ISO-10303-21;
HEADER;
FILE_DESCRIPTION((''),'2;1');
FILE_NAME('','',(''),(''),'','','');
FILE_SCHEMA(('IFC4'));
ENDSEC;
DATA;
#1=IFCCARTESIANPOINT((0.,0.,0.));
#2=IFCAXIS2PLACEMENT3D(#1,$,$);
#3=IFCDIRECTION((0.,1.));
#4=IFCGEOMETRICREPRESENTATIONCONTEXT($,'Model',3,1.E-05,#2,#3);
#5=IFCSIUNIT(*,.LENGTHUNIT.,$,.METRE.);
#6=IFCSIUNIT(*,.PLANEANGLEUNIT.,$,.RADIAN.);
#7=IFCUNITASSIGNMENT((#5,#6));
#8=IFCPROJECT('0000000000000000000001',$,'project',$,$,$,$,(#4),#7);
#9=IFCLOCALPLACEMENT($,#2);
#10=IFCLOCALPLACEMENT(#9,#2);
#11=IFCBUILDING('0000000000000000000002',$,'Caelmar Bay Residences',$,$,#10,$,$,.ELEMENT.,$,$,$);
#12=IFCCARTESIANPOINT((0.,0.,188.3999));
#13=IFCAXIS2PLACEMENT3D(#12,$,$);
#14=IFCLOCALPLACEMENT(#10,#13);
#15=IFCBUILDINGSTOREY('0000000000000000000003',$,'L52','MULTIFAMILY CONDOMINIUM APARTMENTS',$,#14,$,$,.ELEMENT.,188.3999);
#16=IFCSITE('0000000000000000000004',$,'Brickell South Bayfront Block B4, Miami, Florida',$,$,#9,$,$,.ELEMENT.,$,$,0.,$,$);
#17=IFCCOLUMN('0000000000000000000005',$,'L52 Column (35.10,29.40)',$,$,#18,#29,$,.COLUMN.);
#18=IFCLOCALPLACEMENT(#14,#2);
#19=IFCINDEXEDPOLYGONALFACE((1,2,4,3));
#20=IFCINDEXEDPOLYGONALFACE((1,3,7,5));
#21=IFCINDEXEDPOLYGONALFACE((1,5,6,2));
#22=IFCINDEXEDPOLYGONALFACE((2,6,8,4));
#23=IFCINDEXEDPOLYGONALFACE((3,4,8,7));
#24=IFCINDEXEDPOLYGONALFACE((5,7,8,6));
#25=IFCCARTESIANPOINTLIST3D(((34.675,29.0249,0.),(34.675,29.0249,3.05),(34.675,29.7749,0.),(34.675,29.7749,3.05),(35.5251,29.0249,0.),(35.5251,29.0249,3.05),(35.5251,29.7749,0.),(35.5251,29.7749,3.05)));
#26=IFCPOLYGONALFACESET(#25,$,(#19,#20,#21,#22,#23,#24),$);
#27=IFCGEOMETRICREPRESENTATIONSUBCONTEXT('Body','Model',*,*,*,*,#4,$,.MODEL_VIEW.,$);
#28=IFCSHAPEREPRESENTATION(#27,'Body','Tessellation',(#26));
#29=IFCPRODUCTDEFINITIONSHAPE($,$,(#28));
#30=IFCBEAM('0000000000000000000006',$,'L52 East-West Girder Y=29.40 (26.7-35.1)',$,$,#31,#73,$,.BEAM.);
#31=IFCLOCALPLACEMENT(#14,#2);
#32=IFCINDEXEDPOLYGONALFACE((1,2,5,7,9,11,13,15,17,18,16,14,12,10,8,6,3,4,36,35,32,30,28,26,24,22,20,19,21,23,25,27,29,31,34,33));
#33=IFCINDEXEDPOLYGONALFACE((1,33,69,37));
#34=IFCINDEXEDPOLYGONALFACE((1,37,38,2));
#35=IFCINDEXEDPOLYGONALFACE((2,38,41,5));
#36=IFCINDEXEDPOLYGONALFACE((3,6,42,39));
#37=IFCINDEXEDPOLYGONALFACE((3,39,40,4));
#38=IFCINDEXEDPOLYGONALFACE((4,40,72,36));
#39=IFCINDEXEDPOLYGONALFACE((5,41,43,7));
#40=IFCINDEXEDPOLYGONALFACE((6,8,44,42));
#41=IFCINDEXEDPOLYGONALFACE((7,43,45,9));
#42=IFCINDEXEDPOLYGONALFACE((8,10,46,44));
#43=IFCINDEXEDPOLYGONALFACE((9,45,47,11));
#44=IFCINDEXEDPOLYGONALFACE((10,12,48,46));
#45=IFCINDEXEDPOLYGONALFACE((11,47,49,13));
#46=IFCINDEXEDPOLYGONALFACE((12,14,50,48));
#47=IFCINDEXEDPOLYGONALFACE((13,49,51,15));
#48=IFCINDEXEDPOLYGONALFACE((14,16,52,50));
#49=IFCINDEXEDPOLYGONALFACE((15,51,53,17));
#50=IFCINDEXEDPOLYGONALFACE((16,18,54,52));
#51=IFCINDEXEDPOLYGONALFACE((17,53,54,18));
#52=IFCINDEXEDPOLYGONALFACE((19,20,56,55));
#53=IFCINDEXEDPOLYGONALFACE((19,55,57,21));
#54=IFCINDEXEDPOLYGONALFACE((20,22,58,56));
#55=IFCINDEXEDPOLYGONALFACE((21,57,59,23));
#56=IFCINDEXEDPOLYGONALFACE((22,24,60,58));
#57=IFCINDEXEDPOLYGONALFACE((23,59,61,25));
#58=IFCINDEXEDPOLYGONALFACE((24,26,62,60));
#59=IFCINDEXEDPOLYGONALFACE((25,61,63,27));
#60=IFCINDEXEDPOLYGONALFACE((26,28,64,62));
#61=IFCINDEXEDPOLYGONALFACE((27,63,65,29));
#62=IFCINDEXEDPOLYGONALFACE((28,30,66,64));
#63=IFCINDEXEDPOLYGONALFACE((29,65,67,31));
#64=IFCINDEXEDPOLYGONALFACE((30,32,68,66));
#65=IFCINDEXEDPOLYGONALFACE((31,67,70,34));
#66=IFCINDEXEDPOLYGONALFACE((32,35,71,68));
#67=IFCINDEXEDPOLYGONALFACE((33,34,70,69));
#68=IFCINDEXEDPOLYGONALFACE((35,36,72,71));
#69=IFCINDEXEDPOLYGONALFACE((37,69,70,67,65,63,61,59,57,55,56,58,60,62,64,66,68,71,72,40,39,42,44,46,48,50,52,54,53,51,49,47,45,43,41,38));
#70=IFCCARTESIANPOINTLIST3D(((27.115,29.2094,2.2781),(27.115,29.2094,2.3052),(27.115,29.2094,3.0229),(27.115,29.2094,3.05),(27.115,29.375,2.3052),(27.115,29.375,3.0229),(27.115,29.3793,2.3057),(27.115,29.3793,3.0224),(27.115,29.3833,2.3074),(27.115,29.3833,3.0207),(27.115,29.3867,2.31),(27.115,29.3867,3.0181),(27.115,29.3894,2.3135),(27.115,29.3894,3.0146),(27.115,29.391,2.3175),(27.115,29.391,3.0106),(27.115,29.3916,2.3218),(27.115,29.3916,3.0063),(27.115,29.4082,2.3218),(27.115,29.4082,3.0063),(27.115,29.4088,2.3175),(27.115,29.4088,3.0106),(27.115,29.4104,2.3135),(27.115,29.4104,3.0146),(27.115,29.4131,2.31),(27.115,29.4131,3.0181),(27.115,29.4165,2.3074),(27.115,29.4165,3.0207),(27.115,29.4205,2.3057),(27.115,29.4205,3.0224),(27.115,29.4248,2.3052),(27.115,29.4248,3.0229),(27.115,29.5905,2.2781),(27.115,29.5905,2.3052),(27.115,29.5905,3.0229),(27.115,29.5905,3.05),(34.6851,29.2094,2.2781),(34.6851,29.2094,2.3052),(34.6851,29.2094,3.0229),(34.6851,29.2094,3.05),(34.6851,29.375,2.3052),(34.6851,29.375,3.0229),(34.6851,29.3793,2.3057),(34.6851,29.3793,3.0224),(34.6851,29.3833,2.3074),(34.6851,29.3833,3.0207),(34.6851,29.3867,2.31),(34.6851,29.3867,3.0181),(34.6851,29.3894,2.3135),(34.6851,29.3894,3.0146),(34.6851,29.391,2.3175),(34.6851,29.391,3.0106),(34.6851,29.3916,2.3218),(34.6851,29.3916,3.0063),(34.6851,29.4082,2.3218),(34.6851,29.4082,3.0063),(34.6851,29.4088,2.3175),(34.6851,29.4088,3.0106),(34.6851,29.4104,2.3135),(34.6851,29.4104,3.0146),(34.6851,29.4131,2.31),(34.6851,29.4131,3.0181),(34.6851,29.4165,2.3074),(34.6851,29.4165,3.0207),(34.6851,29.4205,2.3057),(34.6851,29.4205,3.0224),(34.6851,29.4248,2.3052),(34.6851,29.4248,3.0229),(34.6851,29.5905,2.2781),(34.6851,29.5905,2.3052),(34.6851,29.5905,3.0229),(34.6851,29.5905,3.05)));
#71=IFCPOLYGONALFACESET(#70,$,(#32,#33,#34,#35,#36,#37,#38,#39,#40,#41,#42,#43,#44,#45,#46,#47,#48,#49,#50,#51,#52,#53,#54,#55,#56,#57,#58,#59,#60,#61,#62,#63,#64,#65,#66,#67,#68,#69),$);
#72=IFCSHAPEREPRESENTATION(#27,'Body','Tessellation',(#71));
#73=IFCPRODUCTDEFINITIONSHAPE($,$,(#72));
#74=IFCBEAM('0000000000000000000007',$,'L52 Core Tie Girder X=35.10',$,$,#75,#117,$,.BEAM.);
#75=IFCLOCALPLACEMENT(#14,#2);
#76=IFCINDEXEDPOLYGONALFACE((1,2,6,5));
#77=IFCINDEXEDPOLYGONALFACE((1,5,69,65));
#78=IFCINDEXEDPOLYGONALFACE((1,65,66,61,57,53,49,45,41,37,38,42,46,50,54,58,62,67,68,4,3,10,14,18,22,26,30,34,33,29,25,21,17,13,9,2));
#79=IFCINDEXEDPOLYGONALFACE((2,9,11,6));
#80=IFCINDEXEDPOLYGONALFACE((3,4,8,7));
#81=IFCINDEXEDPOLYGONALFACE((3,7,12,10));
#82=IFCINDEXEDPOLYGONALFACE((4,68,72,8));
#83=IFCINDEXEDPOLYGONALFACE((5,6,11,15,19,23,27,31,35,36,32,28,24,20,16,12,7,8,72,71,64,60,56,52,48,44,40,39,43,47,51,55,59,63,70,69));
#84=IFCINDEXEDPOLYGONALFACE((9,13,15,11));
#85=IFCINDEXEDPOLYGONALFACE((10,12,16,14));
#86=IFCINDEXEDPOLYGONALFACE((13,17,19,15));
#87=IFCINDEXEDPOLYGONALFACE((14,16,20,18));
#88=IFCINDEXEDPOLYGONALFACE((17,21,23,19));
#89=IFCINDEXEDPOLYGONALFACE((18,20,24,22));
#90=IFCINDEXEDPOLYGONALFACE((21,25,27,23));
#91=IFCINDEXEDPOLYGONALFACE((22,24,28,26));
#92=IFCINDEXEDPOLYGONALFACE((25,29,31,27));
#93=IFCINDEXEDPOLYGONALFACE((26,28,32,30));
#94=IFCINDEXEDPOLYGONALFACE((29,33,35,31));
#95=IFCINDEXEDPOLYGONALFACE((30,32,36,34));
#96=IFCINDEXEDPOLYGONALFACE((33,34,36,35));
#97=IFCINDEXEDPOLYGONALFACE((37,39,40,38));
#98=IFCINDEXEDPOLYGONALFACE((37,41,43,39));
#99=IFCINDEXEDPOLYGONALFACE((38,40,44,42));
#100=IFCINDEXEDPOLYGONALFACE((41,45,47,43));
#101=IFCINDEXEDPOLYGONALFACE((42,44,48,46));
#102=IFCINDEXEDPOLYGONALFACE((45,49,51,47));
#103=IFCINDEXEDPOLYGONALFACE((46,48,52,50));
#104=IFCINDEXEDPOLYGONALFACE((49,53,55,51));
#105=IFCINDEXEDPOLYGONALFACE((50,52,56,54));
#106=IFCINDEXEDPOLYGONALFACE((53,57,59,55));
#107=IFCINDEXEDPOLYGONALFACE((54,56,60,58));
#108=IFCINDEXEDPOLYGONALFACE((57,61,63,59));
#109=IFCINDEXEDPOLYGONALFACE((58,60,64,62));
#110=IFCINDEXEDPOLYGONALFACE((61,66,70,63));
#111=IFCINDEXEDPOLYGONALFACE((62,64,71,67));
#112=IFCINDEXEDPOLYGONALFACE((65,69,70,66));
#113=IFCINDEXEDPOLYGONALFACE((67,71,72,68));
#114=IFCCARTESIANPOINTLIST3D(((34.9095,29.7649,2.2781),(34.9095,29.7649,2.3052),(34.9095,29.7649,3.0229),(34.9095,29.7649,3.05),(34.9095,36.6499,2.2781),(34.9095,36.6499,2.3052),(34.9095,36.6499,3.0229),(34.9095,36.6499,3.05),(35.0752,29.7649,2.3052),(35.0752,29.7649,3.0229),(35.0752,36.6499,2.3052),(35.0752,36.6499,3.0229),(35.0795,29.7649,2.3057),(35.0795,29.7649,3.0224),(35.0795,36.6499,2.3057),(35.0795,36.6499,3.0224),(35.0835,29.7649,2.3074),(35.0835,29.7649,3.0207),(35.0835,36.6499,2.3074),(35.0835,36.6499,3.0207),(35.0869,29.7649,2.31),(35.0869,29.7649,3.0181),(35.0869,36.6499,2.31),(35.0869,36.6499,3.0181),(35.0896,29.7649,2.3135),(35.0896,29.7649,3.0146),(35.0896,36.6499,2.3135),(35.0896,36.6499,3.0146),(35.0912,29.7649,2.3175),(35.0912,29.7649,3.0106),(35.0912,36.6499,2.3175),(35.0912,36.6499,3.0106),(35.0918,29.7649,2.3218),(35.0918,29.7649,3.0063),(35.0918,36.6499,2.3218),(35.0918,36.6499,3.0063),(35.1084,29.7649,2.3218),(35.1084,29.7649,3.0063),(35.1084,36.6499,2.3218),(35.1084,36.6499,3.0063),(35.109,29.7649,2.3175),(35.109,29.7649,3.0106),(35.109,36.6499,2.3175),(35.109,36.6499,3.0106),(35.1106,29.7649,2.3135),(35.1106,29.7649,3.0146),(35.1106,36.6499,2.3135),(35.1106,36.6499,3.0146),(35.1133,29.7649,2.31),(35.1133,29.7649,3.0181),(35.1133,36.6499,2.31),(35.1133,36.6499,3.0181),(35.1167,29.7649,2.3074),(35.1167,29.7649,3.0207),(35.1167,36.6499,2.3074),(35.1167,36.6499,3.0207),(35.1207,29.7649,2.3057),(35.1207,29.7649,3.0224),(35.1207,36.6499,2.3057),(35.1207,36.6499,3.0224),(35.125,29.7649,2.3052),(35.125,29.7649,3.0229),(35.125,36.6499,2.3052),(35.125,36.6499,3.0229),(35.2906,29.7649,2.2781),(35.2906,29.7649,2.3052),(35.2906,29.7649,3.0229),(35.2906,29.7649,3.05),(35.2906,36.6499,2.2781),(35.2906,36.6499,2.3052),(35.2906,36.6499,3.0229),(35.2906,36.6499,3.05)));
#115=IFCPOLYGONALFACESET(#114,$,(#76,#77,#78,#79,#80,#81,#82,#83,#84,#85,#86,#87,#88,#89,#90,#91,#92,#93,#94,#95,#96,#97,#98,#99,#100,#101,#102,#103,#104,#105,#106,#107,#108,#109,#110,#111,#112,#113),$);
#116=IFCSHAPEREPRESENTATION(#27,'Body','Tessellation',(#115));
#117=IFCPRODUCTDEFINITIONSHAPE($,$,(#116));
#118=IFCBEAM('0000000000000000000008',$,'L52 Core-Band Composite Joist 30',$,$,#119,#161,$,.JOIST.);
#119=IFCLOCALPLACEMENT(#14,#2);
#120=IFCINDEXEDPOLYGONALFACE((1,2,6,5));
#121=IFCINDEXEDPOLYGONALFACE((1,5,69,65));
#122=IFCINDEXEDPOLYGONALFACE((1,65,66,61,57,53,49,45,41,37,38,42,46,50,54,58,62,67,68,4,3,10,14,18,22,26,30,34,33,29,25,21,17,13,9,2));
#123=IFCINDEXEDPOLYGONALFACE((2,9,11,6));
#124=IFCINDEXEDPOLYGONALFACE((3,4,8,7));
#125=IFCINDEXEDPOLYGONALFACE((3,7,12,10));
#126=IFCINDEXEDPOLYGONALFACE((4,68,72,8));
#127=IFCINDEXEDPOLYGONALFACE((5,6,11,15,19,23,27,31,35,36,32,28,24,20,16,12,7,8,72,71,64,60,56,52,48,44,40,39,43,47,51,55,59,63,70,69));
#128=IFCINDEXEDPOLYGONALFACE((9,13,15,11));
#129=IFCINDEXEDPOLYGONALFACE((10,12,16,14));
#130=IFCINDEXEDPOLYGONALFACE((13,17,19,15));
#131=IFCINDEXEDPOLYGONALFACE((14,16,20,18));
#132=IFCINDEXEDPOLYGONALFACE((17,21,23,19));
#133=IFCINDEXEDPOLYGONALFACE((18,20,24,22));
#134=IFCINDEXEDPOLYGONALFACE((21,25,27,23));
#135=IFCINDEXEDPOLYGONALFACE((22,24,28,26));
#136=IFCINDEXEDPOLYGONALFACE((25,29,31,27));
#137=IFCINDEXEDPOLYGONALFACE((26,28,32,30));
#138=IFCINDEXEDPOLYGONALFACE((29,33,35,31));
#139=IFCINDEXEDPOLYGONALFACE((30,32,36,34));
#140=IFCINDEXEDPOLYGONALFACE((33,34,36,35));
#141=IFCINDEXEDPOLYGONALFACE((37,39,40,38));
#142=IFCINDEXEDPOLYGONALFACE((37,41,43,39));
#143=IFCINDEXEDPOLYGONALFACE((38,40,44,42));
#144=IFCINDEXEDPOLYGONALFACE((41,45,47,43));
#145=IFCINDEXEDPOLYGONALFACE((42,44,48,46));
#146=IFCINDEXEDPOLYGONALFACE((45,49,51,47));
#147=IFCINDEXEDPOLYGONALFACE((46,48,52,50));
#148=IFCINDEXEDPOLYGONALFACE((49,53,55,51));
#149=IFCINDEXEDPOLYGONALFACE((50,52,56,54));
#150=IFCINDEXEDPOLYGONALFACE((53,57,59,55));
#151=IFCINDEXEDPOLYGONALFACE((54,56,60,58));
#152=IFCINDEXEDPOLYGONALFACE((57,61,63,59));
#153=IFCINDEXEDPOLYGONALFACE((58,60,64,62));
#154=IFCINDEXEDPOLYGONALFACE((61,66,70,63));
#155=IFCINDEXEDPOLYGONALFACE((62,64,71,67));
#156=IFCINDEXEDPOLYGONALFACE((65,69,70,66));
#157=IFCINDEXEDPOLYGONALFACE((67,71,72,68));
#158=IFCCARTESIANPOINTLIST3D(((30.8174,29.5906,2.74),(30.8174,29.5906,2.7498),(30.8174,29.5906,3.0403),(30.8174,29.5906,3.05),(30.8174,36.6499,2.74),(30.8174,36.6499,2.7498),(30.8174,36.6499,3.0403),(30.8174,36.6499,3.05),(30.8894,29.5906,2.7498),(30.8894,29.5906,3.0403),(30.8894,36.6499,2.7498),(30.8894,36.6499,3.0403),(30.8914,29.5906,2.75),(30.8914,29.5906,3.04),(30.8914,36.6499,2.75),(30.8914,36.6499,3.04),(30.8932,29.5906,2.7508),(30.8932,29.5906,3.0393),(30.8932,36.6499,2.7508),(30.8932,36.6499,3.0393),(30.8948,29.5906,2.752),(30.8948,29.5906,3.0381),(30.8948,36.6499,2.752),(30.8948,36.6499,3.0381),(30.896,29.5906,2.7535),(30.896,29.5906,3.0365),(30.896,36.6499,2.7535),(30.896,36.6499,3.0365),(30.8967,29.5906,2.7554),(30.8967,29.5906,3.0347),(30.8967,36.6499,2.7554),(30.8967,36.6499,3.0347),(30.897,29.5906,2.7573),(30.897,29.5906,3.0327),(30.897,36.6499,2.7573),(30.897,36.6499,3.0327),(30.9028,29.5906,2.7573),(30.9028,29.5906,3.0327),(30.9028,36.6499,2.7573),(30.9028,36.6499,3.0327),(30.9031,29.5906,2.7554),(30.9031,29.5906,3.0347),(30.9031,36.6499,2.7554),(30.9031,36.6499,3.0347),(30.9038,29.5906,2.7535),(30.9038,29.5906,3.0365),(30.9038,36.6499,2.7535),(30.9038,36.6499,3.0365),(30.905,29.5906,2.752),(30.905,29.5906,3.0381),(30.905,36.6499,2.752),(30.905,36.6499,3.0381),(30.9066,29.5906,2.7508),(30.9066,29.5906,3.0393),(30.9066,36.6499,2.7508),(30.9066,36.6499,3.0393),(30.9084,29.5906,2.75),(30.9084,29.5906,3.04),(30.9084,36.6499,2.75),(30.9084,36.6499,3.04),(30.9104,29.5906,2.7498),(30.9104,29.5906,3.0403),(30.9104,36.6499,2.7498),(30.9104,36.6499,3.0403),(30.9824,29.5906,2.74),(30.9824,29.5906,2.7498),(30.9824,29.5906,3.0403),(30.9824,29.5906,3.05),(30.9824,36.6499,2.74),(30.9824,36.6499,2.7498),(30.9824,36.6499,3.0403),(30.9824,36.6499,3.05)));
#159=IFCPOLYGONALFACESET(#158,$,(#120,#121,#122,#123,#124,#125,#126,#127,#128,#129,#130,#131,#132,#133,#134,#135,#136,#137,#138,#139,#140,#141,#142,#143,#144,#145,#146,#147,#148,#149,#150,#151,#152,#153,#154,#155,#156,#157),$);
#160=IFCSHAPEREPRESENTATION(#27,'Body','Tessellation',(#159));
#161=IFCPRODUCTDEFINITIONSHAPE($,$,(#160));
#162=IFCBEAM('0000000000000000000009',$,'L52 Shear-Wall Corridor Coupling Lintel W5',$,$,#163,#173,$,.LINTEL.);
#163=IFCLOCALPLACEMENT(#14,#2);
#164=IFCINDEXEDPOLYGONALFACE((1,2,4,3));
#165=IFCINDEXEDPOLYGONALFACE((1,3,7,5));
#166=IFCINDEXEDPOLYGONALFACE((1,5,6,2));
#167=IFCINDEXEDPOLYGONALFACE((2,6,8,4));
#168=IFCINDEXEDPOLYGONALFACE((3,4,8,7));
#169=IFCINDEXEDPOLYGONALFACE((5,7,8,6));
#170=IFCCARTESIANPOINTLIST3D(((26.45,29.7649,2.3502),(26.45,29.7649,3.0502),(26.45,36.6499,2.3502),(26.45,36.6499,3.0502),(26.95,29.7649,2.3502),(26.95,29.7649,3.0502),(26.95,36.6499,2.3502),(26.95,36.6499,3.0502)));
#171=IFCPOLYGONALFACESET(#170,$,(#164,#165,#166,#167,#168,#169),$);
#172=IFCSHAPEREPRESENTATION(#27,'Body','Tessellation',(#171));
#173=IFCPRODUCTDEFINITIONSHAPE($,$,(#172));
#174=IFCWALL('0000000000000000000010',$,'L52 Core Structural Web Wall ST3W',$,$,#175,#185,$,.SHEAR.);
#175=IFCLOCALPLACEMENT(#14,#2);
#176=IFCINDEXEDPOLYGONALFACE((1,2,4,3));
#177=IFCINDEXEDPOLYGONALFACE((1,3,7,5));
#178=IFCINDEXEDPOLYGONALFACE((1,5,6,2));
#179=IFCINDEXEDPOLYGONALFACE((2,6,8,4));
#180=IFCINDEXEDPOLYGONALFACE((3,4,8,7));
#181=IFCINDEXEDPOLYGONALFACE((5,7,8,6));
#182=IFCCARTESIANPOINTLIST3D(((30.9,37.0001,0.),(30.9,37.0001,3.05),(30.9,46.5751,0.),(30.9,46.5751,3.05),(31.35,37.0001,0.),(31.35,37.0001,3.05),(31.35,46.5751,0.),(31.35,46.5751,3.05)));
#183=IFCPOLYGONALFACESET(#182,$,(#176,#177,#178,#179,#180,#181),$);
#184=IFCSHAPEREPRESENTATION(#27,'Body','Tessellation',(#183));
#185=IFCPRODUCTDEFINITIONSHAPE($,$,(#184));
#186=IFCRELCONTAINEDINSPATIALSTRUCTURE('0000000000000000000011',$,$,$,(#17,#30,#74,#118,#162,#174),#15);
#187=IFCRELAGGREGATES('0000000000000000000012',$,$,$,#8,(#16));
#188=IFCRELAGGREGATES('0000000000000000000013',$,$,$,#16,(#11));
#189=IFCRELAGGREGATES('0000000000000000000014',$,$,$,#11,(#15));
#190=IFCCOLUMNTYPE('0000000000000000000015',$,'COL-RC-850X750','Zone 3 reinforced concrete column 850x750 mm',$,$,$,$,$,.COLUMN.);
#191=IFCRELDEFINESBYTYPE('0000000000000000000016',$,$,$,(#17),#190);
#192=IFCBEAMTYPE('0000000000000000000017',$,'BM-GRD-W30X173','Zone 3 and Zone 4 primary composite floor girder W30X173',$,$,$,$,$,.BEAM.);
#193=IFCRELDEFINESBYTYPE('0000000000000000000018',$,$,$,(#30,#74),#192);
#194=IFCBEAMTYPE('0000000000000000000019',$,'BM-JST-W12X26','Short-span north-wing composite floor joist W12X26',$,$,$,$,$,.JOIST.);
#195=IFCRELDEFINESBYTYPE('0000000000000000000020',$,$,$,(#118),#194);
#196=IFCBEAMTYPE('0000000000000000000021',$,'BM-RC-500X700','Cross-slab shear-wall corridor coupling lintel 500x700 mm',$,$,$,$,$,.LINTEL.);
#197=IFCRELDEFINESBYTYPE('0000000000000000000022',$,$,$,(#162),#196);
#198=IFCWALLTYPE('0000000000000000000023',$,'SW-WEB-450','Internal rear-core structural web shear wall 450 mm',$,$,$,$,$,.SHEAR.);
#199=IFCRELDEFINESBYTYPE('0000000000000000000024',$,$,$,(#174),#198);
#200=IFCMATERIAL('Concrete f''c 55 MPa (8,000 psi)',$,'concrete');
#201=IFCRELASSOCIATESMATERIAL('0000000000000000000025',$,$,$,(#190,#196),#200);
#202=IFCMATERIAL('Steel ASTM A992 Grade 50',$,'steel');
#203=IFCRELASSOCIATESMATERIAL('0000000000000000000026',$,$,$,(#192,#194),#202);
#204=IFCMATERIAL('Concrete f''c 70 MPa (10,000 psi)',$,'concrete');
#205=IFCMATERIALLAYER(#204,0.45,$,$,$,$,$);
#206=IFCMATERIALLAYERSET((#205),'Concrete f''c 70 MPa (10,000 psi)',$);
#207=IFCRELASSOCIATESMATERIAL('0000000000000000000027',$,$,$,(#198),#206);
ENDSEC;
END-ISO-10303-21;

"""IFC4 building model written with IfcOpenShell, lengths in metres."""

from ifc_helpers import new_model, si_unit, direction, frame, frame_2d, origin, origin_2d, place, context, subcontext, project, spatial, rectangle, i_section, extrude, material, layer, layer_set, material_profile, profile_set, type_object, element, save


model = new_model("IFC4")

# Units and contexts
model_context = context("Model", 3, precision=1e-05, world=origin(), true_north=direction((0.0, 1.0)))
body_context = subcontext(model_context, "Body", "Model", "MODEL_VIEW")
ifc_project = project(units=[si_unit("LENGTHUNIT", "METRE"), si_unit("PLANEANGLEUNIT", "RADIAN")], contexts=[model_context])

# Site, building, storey
site_placement = place(None, origin())
site = spatial("IfcSite", under=ifc_project, at=site_placement, Name="Brickell South Bayfront Block B4, Miami, Florida", CompositionType="ELEMENT", RefElevation=0.0)
building_placement = place(site_placement, origin())
building = spatial("IfcBuilding", under=site, at=building_placement, Name="Caelmar Bay Residences", CompositionType="ELEMENT")
storey_placement = place(building_placement, frame((0.0, 0.0, 188.3999)))
storey = spatial("IfcBuildingStorey", under=building, at=storey_placement, Name="L52", Description="MULTIFAMILY CONDOMINIUM APARTMENTS", CompositionType="ELEMENT", Elevation=188.3999)

# Column
ifc_material_1 = material(Name="Concrete f'c 55 MPa (8,000 psi)", Category="concrete")
ifc_material_profile_1 = material_profile(ifc_material_1, rectangle(XDim=0.8501, YDim=0.75, at=origin_2d()), Name="RC-COL-850X750")
ifc_profile_set_1 = profile_set([ifc_material_profile_1], Name="Concrete f'c 55 MPa (8,000 psi)")
column_type = type_object("IfcColumnType", Name="COL-RC-850X750", Description="Zone 3 reinforced concrete column 850x750 mm", PredefinedType="COLUMN", material=ifc_profile_set_1)
column_placement = place(storey_placement, frame((35.1001, 29.3999, 0.0), z_axis=(0.0, 0.0, 1.0), x_axis=(1.0, 0.0, 0.0)))
element("IfcColumn", 1, at=column_placement, inside=storey, type_object=column_type, Name="L52 Column (35.10,29.40)", PredefinedType="COLUMN", context=body_context, shape_type="SweptSolid", body=[
    extrude(rectangle(XDim=0.8501, YDim=0.75, at=origin_2d()), origin(), (0.0, 0.0, 1.0), 3.05),
])

# Beams
ifc_material_2 = material(Name="Steel ASTM A992 Grade 50", Category="steel")
ifc_material_profile_2 = material_profile(ifc_material_2, i_section(OverallWidth=0.3811, OverallDepth=0.772, WebThickness=0.0166, FlangeThickness=0.0271, FilletRadius=0.0166, at=origin_2d()), Name="W30X173")
ifc_profile_set_2 = profile_set([ifc_material_profile_2], Name="Steel ASTM A992 Grade 50")
beam_type_1 = type_object("IfcBeamType", Name="BM-GRD-W30X173", Description="Zone 3 and Zone 4 primary composite floor girder W30X173", PredefinedType="BEAM", material=ifc_profile_set_2)
beam_1_placement = place(storey_placement, frame((27.115, 29.3999, 2.6641), z_axis=(1.0, 0.0, 0.0), x_axis=(0.0, 1.0, 0.0)))
element("IfcBeam", 2, at=beam_1_placement, inside=storey, type_object=beam_type_1, Name="L52 East-West Girder Y=29.40 (26.7-35.1)", PredefinedType="BEAM", context=body_context, shape_type="SweptSolid", body=[
    extrude(i_section(OverallWidth=0.3811, OverallDepth=0.772, WebThickness=0.0166, FlangeThickness=0.0271, FilletRadius=0.0166, at=origin_2d()), origin(), (0.0, 0.0, 1.0), 7.5701),
])
beam_2_placement = place(storey_placement, frame((35.1001, 29.7649, 2.6641), z_axis=(0.0, 1.0, 0.0), x_axis=(-1.0, 0.0, 0.0)))
element("IfcBeam", 3, at=beam_2_placement, inside=storey, type_object=beam_type_1, Name="L52 Core Tie Girder X=35.10", PredefinedType="BEAM", context=body_context, shape_type="SweptSolid", body=[
    extrude(i_section(OverallWidth=0.3811, OverallDepth=0.772, WebThickness=0.0166, FlangeThickness=0.0271, FilletRadius=0.0166, at=origin_2d()), origin(), (0.0, 0.0, 1.0), 6.885),
])
ifc_material_profile_3 = material_profile(ifc_material_2, i_section(OverallWidth=0.165, OverallDepth=0.3101, WebThickness=0.0059, FlangeThickness=0.0098, FilletRadius=0.0076, at=origin_2d()), Name="W12X26")
ifc_profile_set_3 = profile_set([ifc_material_profile_3], Name="Steel ASTM A992 Grade 50")
beam_type_2 = type_object("IfcBeamType", Name="BM-JST-W12X26", Description="Short-span north-wing composite floor joist W12X26", PredefinedType="JOIST", material=ifc_profile_set_3)
beam_3_placement = place(storey_placement, frame((30.8999, 29.5906, 2.895), z_axis=(0.0, 1.0, 0.0), x_axis=(-1.0, 0.0, 0.0)))
element("IfcBeam", 4, at=beam_3_placement, inside=storey, type_object=beam_type_2, Name="L52 Core-Band Composite Joist 30", PredefinedType="JOIST", context=body_context, shape_type="SweptSolid", body=[
    extrude(i_section(OverallWidth=0.165, OverallDepth=0.3101, WebThickness=0.0059, FlangeThickness=0.0098, FilletRadius=0.0076, at=origin_2d()), origin(), (0.0, 0.0, 1.0), 7.0593),
])
ifc_material_profile_4 = material_profile(ifc_material_1, rectangle(XDim=0.5, YDim=0.7, at=origin_2d()), Name="RC-BM-500X700")
ifc_profile_set_4 = profile_set([ifc_material_profile_4], Name="Concrete f'c 55 MPa (8,000 psi)")
beam_type_3 = type_object("IfcBeamType", Name="BM-RC-500X700", Description="Cross-slab shear-wall corridor coupling lintel 500x700 mm", PredefinedType="LINTEL", material=ifc_profile_set_4)
beam_4_placement = place(storey_placement, frame((26.7, 29.7649, 2.7002), z_axis=(0.0, 1.0, 0.0), x_axis=(-1.0, 0.0, 0.0)))
element("IfcBeam", 5, at=beam_4_placement, inside=storey, type_object=beam_type_3, Name="L52 Shear-Wall Corridor Coupling Lintel W5", PredefinedType="LINTEL", context=body_context, shape_type="SweptSolid", body=[
    extrude(rectangle(XDim=0.5, YDim=0.7, at=origin_2d()), origin(), (0.0, 0.0, 1.0), 6.885),
])

# Wall
ifc_material_3 = material(Name="Concrete f'c 70 MPa (10,000 psi)", Category="concrete")
ifc_layer_1 = layer(ifc_material_3, 0.45)
ifc_layer_set_1 = layer_set([ifc_layer_1], Name="Concrete f'c 70 MPa (10,000 psi)")
wall_type_1 = type_object("IfcWallType", Name="SW-WEB-450", Description="Internal rear-core structural web shear wall 450 mm", PredefinedType="SHEAR", material=ifc_layer_set_1)
wall_1_placement = place(storey_placement, frame((31.125, 37.0, 0.0), z_axis=(0.0, 0.0, 1.0), x_axis=(0.0, 1.0, 0.0)))
element("IfcWall", 6, at=wall_1_placement, inside=storey, type_object=wall_type_1, Name="L52 Core Structural Web Wall ST3W", PredefinedType="SHEAR", context=body_context, shape_type="SweptSolid", body=[
    extrude(rectangle(XDim=9.575, YDim=0.45, at=frame_2d((4.7876, 0.0))), origin(), (0.0, 0.0, 1.0), 3.05),
])

save(model, "model.ifc")
